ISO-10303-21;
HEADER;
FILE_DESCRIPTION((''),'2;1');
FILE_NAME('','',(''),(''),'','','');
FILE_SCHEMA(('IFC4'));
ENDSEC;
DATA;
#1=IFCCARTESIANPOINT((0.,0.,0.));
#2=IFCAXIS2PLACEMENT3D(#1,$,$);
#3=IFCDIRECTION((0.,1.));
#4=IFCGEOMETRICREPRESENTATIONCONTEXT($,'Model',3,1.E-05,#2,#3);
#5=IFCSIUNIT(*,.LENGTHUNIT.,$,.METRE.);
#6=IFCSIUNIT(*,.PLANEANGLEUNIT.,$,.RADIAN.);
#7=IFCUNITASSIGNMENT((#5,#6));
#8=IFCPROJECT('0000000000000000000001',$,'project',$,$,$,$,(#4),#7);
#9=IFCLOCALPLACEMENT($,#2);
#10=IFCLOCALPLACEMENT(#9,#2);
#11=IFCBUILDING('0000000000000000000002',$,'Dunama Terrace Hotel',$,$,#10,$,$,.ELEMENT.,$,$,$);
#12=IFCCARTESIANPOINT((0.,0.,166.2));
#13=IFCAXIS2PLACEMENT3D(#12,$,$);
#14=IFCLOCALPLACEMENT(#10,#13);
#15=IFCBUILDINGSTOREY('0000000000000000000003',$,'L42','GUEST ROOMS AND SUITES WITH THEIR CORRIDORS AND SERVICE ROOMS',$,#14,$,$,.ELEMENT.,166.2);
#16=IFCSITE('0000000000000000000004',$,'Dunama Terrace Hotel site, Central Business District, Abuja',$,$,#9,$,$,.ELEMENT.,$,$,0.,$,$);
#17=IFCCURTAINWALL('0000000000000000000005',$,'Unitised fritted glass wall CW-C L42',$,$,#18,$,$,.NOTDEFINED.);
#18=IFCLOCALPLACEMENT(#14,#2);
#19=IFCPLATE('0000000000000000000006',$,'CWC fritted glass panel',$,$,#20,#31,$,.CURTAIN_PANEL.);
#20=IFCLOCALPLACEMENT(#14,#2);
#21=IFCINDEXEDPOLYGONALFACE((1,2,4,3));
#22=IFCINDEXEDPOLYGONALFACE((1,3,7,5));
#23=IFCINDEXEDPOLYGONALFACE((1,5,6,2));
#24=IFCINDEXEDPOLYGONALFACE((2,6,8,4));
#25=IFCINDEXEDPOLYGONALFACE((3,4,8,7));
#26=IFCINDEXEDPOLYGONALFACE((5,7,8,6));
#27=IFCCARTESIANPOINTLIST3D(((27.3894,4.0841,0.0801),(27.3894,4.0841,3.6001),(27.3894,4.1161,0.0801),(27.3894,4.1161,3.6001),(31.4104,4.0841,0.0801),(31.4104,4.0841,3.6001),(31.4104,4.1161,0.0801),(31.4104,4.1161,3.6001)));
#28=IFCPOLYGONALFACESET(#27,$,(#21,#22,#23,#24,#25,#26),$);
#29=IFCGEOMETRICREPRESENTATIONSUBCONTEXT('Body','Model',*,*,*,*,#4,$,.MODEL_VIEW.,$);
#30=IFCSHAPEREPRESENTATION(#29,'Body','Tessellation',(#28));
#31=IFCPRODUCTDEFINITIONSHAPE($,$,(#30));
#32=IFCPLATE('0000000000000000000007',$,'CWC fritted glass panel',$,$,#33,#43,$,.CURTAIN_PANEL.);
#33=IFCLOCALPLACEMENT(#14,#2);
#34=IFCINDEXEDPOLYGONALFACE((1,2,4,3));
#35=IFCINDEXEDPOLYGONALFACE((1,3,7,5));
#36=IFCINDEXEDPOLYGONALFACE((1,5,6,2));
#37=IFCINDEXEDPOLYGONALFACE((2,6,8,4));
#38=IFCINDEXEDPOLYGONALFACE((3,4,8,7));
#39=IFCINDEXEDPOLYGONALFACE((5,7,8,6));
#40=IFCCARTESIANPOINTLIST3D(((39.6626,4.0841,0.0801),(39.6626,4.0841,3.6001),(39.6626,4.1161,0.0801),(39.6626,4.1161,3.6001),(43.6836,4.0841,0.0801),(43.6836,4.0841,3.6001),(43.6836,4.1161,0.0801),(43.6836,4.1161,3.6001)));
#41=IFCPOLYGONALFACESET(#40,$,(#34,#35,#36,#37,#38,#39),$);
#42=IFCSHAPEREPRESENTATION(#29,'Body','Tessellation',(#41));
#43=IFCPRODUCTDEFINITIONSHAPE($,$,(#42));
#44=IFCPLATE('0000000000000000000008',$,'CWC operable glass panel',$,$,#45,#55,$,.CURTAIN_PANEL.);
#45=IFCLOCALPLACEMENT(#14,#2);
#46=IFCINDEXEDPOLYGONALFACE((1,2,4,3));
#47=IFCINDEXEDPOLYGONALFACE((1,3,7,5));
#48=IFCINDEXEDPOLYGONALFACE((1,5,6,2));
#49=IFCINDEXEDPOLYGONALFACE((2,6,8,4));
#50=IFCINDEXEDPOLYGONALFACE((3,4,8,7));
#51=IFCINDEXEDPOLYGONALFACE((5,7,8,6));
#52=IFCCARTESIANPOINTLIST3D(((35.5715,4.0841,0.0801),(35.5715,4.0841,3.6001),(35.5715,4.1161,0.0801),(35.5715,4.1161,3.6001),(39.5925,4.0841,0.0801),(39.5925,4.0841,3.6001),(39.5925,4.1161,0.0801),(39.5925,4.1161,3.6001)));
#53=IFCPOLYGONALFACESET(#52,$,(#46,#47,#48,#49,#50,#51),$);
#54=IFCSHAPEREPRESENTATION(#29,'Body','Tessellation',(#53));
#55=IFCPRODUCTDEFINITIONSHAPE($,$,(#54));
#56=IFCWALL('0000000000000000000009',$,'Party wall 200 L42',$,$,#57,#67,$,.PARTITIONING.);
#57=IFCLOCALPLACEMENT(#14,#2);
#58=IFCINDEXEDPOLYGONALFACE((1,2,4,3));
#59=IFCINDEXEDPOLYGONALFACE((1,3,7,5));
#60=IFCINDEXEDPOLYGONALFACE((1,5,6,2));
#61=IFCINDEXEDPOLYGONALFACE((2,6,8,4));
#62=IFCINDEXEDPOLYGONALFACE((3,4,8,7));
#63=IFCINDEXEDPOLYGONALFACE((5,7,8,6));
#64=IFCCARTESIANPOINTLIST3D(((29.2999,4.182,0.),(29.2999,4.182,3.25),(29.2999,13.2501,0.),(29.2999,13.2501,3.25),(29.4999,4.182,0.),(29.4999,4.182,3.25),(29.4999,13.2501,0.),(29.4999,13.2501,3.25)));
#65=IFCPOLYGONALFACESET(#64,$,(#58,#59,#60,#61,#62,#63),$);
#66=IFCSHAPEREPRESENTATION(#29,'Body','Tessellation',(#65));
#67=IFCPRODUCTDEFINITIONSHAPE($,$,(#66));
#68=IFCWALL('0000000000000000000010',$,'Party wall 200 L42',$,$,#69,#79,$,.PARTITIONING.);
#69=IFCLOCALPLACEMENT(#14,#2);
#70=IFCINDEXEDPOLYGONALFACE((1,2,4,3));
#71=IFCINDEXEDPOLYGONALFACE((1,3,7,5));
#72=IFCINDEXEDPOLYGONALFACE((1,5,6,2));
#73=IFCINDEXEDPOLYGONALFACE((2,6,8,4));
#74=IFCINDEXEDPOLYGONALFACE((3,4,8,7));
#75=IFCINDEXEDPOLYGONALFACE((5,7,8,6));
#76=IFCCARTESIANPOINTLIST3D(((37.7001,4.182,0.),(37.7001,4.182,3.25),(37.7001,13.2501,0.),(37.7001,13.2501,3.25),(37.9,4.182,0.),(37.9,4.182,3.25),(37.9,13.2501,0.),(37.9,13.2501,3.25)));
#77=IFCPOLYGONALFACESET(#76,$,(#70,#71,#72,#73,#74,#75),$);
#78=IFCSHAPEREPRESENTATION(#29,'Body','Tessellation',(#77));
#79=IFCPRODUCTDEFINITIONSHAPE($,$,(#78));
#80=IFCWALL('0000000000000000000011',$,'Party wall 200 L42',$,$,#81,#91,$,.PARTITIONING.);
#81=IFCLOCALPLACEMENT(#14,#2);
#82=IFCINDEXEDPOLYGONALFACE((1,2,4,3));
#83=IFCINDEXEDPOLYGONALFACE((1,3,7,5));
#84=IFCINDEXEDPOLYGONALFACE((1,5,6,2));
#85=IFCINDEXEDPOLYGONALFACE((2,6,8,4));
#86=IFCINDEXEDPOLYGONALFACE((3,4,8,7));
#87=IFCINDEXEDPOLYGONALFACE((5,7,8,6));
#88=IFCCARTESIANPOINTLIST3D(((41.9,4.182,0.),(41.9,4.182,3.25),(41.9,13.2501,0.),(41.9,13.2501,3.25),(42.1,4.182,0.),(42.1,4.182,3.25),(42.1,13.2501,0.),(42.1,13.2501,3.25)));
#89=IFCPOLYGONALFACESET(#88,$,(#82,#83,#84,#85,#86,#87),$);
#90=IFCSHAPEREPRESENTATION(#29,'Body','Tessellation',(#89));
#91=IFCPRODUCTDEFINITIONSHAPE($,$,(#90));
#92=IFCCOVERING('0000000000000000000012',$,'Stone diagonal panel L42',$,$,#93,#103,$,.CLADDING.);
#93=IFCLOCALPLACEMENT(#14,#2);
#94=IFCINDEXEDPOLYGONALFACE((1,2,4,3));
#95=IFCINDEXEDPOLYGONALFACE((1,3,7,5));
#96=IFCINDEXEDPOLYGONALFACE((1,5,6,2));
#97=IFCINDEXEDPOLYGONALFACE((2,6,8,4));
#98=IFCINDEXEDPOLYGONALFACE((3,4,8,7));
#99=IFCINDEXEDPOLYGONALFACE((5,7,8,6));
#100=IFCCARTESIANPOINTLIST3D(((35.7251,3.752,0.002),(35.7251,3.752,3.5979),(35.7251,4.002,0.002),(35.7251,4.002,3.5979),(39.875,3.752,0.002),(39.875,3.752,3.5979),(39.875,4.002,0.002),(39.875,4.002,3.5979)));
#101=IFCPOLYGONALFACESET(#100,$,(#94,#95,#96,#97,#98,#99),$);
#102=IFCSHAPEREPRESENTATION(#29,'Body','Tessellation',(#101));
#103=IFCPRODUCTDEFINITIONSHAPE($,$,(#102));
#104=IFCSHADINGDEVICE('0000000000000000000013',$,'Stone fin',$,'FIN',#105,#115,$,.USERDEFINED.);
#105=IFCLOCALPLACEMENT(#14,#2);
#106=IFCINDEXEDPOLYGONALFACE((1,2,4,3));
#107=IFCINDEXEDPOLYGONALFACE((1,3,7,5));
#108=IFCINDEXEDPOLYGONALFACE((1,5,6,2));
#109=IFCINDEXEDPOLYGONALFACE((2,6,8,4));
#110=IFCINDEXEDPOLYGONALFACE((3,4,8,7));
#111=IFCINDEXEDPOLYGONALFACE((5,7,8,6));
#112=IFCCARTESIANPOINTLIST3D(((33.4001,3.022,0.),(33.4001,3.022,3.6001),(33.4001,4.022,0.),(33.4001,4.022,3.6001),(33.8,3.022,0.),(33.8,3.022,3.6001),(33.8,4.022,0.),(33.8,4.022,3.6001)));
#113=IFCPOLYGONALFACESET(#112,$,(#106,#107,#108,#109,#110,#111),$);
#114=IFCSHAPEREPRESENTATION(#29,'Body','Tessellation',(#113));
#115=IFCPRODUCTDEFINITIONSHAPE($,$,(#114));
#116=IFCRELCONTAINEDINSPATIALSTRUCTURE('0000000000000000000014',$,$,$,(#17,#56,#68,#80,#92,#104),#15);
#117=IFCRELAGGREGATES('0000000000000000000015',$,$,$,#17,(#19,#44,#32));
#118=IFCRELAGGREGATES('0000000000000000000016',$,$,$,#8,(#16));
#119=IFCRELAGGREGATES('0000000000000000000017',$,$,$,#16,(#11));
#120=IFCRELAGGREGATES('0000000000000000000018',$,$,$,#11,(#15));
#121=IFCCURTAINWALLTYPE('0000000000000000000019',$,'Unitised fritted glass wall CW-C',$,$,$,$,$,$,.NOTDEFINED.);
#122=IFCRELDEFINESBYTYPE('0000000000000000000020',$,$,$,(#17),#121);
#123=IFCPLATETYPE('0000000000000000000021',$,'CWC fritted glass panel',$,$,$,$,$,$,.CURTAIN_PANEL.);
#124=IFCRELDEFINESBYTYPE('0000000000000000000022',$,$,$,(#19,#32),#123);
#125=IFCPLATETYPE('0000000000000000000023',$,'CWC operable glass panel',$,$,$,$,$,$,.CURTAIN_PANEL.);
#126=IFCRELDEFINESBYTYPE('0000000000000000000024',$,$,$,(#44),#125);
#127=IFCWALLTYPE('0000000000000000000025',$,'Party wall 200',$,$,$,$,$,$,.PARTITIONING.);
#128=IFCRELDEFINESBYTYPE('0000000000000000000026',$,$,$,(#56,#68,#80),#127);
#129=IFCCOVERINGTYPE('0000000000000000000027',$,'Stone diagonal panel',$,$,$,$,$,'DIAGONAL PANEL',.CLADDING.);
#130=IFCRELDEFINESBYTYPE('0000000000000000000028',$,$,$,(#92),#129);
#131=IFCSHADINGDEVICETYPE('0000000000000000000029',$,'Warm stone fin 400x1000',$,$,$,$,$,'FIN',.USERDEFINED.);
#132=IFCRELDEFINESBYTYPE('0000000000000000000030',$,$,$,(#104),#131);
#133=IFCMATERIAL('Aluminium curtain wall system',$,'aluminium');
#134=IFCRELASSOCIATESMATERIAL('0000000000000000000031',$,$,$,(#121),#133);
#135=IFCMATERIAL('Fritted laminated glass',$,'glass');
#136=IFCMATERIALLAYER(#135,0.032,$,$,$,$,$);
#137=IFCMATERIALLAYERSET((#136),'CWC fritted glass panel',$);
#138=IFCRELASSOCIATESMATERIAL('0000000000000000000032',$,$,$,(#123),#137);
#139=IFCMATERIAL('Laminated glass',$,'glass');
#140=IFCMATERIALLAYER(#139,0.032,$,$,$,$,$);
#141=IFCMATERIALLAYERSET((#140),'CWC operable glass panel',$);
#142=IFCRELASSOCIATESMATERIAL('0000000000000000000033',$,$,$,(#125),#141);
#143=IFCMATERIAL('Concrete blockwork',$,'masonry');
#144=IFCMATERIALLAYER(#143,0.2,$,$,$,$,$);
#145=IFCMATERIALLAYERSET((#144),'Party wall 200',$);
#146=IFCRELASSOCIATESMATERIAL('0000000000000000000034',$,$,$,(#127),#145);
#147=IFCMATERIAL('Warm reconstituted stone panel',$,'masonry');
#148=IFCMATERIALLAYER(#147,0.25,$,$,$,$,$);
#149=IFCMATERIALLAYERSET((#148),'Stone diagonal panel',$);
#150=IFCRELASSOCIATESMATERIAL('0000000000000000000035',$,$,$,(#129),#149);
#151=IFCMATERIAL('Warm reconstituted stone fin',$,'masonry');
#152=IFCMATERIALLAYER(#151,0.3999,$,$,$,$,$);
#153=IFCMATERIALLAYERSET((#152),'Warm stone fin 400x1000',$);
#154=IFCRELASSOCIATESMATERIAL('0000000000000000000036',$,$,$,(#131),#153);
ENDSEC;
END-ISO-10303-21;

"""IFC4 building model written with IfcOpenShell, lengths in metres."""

from ifc_helpers import new_model, si_unit, direction, frame, frame_2d, origin, origin_2d, place, context, subcontext, project, spatial, rectangle, extrude, material, layer, layer_set, type_object, element, aggregate, save


model = new_model("IFC4")

# Units and contexts
model_context = context("Model", 3, precision=1e-05, world=origin(), true_north=direction((0.0, 1.0)))
body_context = subcontext(model_context, "Body", "Model", "MODEL_VIEW")
ifc_project = project(units=[si_unit("LENGTHUNIT", "METRE"), si_unit("PLANEANGLEUNIT", "RADIAN")], contexts=[model_context])

# Site, building, storey
site_placement = place(None, origin())
site = spatial("IfcSite", under=ifc_project, at=site_placement, Name="Dunama Terrace Hotel site, Central Business District, Abuja", CompositionType="ELEMENT", RefElevation=0.0)
building_placement = place(site_placement, origin())
building = spatial("IfcBuilding", under=site, at=building_placement, Name="Dunama Terrace Hotel", CompositionType="ELEMENT")
storey_placement = place(building_placement, frame((0.0, 0.0, 166.2)))
storey = spatial("IfcBuildingStorey", under=building, at=storey_placement, Name="L42", Description="GUEST ROOMS AND SUITES WITH THEIR CORRIDORS AND SERVICE ROOMS", CompositionType="ELEMENT", Elevation=166.2)

# Curtain wall
ifc_material_1 = material(Name="Aluminium curtain wall system", Category="aluminium")
curtain_wall_type = type_object("IfcCurtainWallType", Name="Unitised fritted glass wall CW-C", PredefinedType="NOTDEFINED", material=ifc_material_1)
curtain_wall_placement = place(storey_placement, origin())
curtain_wall = element("IfcCurtainWall", 1, at=curtain_wall_placement, inside=storey, type_object=curtain_wall_type, Name="Unitised fritted glass wall CW-C L42", PredefinedType="NOTDEFINED")

# Plates
ifc_material_2 = material(Name="Fritted laminated glass", Category="glass")
ifc_layer_1 = layer(ifc_material_2, 0.032)
ifc_layer_set_1 = layer_set([ifc_layer_1], Name="CWC fritted glass panel")
plate_type_1 = type_object("IfcPlateType", Name="CWC fritted glass panel", PredefinedType="CURTAIN_PANEL", material=ifc_layer_set_1)
plate_1_placement = place(storey_placement, frame((29.3999, 4.1001, 0.0801), z_axis=(0.0, 0.0, 1.0), x_axis=(1.0, 0.0, 0.0)))
plate_1 = element("IfcPlate", 2, at=plate_1_placement, type_object=plate_type_1, Name="CWC fritted glass panel", PredefinedType="CURTAIN_PANEL", context=body_context, shape_type="SweptSolid", body=[
    extrude(rectangle(XDim=4.021, YDim=0.032, at=origin_2d()), origin(), (0.0, 0.0, 1.0), 3.52),
])
plate_2_placement = place(storey_placement, frame((41.6731, 4.1001, 0.0801), z_axis=(0.0, 0.0, 1.0), x_axis=(1.0, 0.0, 0.0)))
plate_2 = element("IfcPlate", 3, at=plate_2_placement, type_object=plate_type_1, Name="CWC fritted glass panel", PredefinedType="CURTAIN_PANEL", context=body_context, shape_type="SweptSolid", body=[
    extrude(rectangle(XDim=4.021, YDim=0.032, at=origin_2d()), origin(), (0.0, 0.0, 1.0), 3.52),
])
ifc_material_3 = material(Name="Laminated glass", Category="glass")
ifc_layer_2 = layer(ifc_material_3, 0.032)
ifc_layer_set_2 = layer_set([ifc_layer_2], Name="CWC operable glass panel")
plate_type_2 = type_object("IfcPlateType", Name="CWC operable glass panel", PredefinedType="CURTAIN_PANEL", material=ifc_layer_set_2)
plate_3_placement = place(storey_placement, frame((37.582, 4.1001, 0.0801), z_axis=(0.0, 0.0, 1.0), x_axis=(1.0, 0.0, 0.0)))
plate_3 = element("IfcPlate", 4, at=plate_3_placement, type_object=plate_type_2, Name="CWC operable glass panel", PredefinedType="CURTAIN_PANEL", context=body_context, shape_type="SweptSolid", body=[
    extrude(rectangle(XDim=4.021, YDim=0.032, at=origin_2d()), origin(), (0.0, 0.0, 1.0), 3.52),
])
aggregate(curtain_wall, [plate_1, plate_3, plate_2])

# Walls
ifc_material_4 = material(Name="Concrete blockwork", Category="masonry")
ifc_layer_3 = layer(ifc_material_4, 0.2)
ifc_layer_set_3 = layer_set([ifc_layer_3], Name="Party wall 200")
wall_type = type_object("IfcWallType", Name="Party wall 200", PredefinedType="PARTITIONING", material=ifc_layer_set_3)
for number, where, z_axis, x_axis, name in (
    (5, (29.3999, 4.1819, 0.0), (0.0, 0.0, 1.0), (0.0, 1.0, 0.0), "Party wall 200 L42"),
    (6, (37.8, 4.1819, 0.0), (0.0, 0.0, 1.0), (0.0, 1.0, 0.0), "Party wall 200 L42"),
    (7, (42.0, 4.1819, 0.0), (0.0, 0.0, 1.0), (0.0, 1.0, 0.0), "Party wall 200 L42"),
):
    element("IfcWall", number, at=place(storey_placement, frame(where, z_axis=z_axis, x_axis=x_axis)), inside=storey, type_object=wall_type, Name=name, PredefinedType="PARTITIONING", context=body_context, shape_type="SweptSolid", body=[
        extrude(rectangle(XDim=9.0681, YDim=0.2, at=frame_2d((4.5342, 0.0))), origin(), (0.0, 0.0, 1.0), 3.25),
    ])

# Covering
ifc_material_5 = material(Name="Warm reconstituted stone panel", Category="masonry")
ifc_layer_4 = layer(ifc_material_5, 0.25)
ifc_layer_set_4 = layer_set([ifc_layer_4], Name="Stone diagonal panel")
covering_type = type_object("IfcCoveringType", Name="Stone diagonal panel", ElementType="DIAGONAL PANEL", PredefinedType="CLADDING", material=ifc_layer_set_4)
covering_placement = place(storey_placement, frame((37.8, 3.877, 0.002), z_axis=(0.0, 0.0, 1.0), x_axis=(1.0, 0.0, 0.0)))
element("IfcCovering", 8, at=covering_placement, inside=storey, type_object=covering_type, Name="Stone diagonal panel L42", PredefinedType="CLADDING", context=body_context, shape_type="SweptSolid", body=[
    extrude(rectangle(XDim=4.1499, YDim=0.25, at=origin_2d()), origin(), (0.0, 0.0, 1.0), 3.5959),
])

# Shading device
ifc_material_6 = material(Name="Warm reconstituted stone fin", Category="masonry")
ifc_layer_5 = layer(ifc_material_6, 0.3999)
ifc_layer_set_5 = layer_set([ifc_layer_5], Name="Warm stone fin 400x1000")
shading_device_type = type_object("IfcShadingDeviceType", Name="Warm stone fin 400x1000", ElementType="FIN", PredefinedType="USERDEFINED", material=ifc_layer_set_5)
shading_device_placement = place(storey_placement, frame((33.6001, 3.522, 0.0), z_axis=(0.0, 0.0, 1.0), x_axis=(1.0, 0.0, 0.0)))
element("IfcShadingDevice", 9, at=shading_device_placement, inside=storey, type_object=shading_device_type, Name="Stone fin", ObjectType="FIN", PredefinedType="USERDEFINED", context=body_context, shape_type="SweptSolid", body=[
    extrude(rectangle(XDim=0.3999, YDim=1.0, at=origin_2d()), origin(), (0.0, 0.0, 1.0), 3.6001),
])

save(model, "model.ifc")
